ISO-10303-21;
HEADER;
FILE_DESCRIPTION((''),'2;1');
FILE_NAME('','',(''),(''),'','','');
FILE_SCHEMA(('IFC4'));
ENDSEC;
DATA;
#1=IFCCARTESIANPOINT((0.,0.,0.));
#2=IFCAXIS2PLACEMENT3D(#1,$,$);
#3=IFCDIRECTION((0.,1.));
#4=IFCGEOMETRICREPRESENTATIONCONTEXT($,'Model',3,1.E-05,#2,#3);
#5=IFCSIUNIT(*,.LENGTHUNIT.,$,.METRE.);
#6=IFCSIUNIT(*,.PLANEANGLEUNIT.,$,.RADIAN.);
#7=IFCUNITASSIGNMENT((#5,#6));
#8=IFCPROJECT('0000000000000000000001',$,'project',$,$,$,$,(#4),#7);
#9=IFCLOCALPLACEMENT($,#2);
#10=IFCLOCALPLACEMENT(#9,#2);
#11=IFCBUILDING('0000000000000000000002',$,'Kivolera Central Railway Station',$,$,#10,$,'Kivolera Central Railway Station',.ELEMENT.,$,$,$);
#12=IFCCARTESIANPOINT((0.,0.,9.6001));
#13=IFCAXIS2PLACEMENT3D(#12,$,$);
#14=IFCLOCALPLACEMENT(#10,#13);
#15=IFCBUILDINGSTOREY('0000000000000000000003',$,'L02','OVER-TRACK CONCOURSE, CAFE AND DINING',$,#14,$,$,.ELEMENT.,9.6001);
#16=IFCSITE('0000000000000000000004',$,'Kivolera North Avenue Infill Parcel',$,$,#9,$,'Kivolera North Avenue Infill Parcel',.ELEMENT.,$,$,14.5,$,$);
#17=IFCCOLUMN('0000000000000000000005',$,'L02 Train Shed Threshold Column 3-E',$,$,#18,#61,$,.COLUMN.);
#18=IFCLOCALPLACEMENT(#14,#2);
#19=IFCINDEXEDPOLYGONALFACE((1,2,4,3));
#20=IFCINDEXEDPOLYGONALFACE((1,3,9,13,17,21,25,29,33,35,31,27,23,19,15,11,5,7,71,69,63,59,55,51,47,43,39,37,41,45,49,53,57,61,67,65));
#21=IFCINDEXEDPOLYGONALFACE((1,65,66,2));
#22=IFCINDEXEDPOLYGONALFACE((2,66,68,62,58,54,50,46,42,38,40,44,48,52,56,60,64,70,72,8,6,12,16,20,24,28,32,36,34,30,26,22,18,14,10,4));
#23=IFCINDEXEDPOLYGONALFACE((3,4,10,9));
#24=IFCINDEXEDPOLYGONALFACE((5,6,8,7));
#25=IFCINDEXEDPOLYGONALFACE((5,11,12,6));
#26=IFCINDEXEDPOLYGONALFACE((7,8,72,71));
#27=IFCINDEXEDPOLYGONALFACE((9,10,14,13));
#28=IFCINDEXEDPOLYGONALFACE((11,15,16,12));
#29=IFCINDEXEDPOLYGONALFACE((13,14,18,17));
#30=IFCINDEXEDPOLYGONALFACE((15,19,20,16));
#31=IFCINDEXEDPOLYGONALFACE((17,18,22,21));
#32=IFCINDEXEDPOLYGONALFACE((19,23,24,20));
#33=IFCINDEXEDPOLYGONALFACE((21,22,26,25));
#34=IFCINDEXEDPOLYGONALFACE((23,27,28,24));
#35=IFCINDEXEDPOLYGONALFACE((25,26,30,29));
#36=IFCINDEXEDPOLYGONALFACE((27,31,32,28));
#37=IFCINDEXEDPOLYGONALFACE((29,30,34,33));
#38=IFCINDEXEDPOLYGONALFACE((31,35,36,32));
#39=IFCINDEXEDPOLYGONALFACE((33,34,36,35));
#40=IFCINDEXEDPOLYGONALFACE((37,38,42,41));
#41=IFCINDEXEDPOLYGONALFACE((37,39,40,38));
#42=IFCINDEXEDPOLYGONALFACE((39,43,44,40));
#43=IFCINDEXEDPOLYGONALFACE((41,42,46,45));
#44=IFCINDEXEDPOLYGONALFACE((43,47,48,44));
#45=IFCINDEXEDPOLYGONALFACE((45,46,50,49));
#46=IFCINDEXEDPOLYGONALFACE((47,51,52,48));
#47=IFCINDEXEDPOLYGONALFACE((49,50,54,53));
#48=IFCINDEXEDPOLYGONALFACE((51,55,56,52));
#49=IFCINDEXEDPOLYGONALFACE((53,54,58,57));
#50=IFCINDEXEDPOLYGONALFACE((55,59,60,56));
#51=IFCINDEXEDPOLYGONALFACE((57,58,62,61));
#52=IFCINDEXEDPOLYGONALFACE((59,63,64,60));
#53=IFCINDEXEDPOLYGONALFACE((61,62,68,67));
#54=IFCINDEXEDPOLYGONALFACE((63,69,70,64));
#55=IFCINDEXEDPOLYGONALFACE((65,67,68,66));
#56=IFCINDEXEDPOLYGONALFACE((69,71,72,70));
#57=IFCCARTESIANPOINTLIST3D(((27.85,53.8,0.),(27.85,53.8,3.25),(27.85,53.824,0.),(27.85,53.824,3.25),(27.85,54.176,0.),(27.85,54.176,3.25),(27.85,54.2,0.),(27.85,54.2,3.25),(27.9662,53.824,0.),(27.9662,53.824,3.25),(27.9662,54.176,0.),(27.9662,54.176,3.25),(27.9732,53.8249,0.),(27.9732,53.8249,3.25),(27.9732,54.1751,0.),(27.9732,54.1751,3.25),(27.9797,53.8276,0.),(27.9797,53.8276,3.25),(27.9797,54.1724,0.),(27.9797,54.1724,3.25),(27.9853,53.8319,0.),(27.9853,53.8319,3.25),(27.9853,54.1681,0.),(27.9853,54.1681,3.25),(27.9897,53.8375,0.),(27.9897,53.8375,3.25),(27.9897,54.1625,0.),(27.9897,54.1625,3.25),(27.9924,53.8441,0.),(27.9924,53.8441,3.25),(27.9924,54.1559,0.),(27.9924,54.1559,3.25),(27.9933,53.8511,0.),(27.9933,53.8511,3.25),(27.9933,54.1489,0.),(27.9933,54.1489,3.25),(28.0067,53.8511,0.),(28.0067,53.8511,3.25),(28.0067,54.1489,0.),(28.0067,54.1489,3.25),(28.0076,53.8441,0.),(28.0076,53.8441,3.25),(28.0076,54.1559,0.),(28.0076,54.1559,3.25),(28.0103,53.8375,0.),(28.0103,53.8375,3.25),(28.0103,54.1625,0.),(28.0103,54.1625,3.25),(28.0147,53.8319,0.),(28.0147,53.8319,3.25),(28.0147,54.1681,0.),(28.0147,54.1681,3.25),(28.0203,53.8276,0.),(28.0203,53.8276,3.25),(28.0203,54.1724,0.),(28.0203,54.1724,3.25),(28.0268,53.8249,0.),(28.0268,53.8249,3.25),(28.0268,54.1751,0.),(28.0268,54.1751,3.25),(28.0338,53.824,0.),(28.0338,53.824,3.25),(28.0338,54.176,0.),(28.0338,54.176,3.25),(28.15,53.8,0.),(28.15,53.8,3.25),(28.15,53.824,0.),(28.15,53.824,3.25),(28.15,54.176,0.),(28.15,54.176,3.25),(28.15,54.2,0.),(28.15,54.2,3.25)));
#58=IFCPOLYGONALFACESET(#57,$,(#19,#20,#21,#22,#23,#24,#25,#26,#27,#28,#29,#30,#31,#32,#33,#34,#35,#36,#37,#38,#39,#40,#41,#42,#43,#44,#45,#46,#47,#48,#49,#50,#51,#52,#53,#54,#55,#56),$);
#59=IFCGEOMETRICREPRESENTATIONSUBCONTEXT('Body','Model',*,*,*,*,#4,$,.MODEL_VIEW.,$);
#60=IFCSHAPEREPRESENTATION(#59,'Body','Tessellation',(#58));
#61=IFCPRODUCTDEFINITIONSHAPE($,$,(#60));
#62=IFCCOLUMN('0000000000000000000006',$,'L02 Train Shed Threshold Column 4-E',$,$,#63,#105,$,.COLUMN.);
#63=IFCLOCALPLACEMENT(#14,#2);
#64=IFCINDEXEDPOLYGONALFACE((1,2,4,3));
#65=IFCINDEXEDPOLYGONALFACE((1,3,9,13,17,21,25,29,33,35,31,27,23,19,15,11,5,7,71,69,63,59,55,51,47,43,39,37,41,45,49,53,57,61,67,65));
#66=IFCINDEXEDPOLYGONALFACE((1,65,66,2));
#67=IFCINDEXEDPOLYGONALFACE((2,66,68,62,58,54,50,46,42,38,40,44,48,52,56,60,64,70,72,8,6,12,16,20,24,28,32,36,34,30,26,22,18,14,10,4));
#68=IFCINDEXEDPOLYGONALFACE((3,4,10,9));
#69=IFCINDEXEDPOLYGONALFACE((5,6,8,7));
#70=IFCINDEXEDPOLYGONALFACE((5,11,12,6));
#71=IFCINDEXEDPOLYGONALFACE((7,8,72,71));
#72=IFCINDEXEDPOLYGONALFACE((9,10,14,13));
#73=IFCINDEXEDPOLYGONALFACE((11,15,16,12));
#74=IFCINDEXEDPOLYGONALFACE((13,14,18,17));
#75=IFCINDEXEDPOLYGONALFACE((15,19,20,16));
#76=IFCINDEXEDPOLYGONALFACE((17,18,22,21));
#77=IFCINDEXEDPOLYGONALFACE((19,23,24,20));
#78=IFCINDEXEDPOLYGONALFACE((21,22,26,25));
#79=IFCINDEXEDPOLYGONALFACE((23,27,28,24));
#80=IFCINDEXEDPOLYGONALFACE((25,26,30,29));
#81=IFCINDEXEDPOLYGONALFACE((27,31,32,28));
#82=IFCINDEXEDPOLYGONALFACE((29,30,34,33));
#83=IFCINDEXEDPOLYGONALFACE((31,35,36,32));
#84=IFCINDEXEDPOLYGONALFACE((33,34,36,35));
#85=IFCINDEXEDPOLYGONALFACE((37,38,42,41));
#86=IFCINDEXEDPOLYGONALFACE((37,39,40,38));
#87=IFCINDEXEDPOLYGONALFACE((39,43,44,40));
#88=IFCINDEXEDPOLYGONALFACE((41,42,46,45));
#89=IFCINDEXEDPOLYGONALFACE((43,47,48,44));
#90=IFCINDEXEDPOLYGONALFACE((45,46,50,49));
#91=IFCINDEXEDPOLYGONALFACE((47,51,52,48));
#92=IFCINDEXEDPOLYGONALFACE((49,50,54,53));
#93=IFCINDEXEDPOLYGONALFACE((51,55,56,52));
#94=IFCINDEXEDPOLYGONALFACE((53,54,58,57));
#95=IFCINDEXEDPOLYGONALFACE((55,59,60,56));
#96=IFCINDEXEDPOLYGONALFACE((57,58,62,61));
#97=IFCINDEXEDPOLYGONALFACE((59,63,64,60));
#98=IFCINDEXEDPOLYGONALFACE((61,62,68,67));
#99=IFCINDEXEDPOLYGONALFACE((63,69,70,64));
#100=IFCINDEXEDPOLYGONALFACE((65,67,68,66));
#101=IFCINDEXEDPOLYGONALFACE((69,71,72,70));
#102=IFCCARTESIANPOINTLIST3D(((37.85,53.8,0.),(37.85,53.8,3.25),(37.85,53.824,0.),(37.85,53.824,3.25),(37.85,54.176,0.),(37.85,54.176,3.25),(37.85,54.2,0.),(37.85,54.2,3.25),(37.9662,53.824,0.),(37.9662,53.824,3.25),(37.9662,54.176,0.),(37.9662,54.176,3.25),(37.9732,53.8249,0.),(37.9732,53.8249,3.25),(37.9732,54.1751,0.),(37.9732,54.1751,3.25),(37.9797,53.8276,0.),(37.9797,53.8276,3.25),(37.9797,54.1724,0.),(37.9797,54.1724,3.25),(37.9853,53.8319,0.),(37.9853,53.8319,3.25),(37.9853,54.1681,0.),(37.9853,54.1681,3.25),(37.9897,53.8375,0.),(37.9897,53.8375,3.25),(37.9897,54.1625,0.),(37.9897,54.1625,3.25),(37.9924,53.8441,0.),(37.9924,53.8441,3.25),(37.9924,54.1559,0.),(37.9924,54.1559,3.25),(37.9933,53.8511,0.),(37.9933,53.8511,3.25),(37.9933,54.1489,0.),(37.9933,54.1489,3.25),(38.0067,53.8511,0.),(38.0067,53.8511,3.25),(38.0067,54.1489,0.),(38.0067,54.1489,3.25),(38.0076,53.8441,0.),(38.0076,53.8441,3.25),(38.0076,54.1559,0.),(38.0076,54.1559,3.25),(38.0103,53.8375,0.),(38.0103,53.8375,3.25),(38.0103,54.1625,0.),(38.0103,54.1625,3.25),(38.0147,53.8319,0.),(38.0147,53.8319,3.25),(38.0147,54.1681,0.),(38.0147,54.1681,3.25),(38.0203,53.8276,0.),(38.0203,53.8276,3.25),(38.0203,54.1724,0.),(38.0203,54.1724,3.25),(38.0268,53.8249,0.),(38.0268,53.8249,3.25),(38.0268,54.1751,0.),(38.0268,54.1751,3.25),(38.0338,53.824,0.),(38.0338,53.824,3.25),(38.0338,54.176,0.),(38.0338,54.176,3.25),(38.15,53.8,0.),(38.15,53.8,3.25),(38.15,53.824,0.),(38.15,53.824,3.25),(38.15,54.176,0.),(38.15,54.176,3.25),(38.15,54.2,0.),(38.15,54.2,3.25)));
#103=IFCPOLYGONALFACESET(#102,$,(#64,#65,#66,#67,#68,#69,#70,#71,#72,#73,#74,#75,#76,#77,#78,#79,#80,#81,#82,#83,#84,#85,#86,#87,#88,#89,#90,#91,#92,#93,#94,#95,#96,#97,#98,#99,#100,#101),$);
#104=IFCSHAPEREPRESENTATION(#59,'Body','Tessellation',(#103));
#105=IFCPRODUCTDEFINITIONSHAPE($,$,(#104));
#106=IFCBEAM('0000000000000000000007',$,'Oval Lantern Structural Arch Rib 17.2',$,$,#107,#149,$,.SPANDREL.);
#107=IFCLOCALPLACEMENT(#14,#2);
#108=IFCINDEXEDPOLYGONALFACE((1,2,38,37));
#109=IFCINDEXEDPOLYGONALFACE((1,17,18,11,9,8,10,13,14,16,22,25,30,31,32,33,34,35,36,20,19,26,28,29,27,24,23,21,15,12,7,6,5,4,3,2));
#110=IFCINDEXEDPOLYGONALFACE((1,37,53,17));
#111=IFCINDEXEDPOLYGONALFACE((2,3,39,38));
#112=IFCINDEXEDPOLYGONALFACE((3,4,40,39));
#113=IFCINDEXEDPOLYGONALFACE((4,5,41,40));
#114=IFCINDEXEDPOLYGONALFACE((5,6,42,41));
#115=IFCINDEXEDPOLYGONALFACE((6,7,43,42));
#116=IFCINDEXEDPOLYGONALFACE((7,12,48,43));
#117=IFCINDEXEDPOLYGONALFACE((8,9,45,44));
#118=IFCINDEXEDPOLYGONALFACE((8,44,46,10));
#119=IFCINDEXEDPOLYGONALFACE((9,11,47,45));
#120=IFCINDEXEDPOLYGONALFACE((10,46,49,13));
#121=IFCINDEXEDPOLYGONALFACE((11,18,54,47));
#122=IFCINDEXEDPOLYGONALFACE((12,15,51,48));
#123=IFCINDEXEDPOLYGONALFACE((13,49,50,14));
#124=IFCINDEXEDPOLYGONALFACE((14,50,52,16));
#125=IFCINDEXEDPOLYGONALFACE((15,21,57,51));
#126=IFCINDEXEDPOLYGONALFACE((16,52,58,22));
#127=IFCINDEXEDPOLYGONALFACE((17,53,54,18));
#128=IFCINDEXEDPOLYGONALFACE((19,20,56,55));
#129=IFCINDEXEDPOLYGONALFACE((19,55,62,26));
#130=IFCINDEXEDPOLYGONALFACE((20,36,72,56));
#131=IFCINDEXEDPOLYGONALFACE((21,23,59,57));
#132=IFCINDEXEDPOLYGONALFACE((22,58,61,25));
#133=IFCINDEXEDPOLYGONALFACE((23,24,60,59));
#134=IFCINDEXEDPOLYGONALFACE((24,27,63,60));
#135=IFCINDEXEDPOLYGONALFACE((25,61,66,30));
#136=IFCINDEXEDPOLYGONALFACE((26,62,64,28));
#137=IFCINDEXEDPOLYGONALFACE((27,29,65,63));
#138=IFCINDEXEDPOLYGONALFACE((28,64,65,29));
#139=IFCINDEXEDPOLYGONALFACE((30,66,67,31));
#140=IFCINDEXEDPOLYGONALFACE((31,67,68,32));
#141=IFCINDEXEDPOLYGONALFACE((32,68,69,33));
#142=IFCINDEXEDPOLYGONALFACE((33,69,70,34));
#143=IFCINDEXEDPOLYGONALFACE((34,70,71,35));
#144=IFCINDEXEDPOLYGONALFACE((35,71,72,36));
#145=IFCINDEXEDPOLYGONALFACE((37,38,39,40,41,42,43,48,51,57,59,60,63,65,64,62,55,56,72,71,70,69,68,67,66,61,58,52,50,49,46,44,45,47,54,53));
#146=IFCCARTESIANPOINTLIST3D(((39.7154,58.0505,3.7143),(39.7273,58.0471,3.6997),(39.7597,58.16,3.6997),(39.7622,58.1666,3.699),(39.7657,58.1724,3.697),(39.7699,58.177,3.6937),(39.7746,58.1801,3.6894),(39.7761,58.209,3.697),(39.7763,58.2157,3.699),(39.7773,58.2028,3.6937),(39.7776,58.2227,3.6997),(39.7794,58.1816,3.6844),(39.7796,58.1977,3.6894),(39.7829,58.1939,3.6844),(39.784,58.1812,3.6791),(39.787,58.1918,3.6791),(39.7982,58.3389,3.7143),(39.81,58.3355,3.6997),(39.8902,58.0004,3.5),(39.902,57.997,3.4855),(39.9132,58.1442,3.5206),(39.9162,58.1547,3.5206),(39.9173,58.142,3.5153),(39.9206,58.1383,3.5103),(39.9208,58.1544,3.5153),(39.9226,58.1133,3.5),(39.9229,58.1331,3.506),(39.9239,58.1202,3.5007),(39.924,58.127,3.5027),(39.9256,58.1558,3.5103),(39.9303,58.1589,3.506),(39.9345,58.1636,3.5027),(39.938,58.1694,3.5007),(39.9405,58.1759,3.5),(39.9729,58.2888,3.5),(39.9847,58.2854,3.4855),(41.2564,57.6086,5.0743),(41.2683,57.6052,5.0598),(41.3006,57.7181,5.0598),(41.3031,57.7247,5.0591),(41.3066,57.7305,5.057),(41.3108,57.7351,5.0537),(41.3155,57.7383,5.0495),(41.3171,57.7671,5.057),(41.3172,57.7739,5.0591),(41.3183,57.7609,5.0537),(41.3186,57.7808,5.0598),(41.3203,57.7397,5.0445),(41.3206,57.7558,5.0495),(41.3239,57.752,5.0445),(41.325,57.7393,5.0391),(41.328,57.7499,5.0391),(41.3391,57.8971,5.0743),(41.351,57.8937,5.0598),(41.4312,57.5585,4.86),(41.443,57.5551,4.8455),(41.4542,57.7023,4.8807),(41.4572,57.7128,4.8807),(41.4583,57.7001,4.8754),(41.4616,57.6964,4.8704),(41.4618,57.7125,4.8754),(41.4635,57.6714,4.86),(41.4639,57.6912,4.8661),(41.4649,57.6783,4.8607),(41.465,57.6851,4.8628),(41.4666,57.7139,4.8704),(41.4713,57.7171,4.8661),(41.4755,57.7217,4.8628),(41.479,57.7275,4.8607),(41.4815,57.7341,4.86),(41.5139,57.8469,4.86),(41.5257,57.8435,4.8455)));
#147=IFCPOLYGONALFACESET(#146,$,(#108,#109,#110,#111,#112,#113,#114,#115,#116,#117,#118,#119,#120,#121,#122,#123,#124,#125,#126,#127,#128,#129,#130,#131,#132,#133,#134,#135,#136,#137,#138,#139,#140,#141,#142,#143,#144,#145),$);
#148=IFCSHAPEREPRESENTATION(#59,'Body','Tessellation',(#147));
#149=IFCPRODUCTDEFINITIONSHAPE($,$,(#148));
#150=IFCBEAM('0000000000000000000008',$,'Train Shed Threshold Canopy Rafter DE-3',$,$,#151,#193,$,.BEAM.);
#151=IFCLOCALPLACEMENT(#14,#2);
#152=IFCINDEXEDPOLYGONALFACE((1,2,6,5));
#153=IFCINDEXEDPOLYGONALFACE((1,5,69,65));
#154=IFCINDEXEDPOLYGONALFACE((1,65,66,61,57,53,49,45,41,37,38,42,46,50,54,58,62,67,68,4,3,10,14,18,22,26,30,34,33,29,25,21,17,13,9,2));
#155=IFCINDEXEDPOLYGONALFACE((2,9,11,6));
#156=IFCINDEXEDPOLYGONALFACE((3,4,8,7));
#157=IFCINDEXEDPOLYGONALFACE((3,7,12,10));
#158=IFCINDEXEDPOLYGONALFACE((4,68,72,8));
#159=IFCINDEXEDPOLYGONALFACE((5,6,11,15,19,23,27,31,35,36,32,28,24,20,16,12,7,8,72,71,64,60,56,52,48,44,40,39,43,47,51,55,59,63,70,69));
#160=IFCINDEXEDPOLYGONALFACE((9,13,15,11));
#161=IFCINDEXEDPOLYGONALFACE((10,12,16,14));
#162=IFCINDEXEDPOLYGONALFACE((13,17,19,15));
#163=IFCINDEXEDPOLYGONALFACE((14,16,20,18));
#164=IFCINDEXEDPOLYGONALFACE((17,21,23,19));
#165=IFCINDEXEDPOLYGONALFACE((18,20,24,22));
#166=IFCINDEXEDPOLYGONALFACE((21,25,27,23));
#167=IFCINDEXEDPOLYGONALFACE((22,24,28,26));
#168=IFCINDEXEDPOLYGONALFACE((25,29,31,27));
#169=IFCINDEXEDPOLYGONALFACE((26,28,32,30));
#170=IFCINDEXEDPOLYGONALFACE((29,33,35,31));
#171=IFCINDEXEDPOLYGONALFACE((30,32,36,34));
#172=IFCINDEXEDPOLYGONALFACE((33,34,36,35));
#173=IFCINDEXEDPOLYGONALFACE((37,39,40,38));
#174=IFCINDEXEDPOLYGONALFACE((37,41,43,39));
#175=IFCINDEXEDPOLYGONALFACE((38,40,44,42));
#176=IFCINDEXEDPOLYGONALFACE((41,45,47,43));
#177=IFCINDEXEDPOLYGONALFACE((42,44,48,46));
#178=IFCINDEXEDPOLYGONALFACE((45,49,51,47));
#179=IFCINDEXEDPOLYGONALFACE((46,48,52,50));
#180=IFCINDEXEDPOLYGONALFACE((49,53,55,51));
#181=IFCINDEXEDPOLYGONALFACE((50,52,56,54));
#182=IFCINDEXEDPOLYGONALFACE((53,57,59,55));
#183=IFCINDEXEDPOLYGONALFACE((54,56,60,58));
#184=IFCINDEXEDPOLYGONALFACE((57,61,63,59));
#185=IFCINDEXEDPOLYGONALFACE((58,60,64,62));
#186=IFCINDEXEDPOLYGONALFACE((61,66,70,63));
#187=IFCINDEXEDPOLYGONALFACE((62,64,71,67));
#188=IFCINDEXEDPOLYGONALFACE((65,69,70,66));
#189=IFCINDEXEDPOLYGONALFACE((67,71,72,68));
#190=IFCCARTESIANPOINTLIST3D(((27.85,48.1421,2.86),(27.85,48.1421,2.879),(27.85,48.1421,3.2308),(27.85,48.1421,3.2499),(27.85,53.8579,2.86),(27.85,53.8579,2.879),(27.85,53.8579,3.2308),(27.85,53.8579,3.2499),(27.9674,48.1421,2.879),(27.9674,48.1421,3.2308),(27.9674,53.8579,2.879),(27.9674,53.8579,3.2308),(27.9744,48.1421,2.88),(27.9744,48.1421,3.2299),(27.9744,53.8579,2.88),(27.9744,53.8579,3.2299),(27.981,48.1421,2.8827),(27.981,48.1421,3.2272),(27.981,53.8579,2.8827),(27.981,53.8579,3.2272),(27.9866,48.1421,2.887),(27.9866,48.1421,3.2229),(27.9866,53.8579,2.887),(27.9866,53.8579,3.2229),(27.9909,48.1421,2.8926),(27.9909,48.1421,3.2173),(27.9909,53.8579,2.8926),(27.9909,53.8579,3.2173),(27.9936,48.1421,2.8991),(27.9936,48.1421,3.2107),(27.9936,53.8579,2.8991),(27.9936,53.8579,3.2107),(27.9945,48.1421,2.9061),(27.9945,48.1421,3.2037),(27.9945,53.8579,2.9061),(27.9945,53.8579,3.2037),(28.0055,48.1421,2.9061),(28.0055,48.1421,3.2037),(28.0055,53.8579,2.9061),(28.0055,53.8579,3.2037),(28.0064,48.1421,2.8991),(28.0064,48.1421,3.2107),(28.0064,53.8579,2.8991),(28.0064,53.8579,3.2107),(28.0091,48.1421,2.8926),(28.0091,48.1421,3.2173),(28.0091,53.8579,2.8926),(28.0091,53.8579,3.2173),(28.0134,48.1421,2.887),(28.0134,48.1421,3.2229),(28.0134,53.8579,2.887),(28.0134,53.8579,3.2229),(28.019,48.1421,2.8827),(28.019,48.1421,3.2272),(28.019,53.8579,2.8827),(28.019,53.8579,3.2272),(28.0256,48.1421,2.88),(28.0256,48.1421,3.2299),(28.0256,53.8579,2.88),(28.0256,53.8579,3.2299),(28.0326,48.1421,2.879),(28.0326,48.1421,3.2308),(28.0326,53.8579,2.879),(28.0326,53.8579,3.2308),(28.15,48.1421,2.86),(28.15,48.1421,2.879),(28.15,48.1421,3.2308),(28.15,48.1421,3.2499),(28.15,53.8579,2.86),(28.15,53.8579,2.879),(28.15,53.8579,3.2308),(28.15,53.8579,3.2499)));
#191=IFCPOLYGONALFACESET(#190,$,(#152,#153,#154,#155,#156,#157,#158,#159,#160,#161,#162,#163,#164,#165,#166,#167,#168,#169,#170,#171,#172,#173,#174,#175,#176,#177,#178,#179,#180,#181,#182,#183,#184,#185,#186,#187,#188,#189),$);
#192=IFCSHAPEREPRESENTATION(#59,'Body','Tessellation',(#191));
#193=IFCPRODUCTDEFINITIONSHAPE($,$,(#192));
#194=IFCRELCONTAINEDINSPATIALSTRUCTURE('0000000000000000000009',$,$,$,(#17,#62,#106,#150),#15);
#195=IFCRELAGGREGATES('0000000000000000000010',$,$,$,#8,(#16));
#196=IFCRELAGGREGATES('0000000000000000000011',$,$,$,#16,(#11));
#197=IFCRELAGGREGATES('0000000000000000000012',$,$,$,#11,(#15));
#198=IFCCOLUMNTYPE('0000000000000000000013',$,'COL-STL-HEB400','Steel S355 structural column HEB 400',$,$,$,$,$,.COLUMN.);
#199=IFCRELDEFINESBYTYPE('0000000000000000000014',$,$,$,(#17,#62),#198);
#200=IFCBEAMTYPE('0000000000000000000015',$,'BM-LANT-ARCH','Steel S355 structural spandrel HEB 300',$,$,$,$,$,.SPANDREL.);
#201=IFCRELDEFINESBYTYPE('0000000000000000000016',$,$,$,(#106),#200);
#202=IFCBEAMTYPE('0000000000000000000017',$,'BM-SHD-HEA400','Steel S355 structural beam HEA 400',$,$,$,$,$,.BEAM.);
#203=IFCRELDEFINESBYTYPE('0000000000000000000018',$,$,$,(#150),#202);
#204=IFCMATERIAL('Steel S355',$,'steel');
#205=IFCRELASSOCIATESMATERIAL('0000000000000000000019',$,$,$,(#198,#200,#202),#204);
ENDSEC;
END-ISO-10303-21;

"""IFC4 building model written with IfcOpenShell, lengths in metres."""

from ifc_helpers import new_model, si_unit, direction, frame, origin, origin_2d, place, context, subcontext, project, spatial, i_section, extrude, material, material_profile, profile_set, type_object, element, save


model = new_model("IFC4")

# Units and contexts
model_context = context("Model", 3, precision=1e-05, world=origin(), true_north=direction((0.0, 1.0)))
body_context = subcontext(model_context, "Body", "Model", "MODEL_VIEW")
ifc_project = project(units=[si_unit("LENGTHUNIT", "METRE"), si_unit("PLANEANGLEUNIT", "RADIAN")], contexts=[model_context])

# Site, building, storey
site_placement = place(None, origin())
site = spatial("IfcSite", under=ifc_project, at=site_placement, Name="Kivolera North Avenue Infill Parcel", LongName="Kivolera North Avenue Infill Parcel", CompositionType="ELEMENT", RefElevation=14.5)
building_placement = place(site_placement, origin())
building = spatial("IfcBuilding", under=site, at=building_placement, Name="Kivolera Central Railway Station", LongName="Kivolera Central Railway Station", CompositionType="ELEMENT")
storey_placement = place(building_placement, frame((0.0, 0.0, 9.6001)))
storey = spatial("IfcBuildingStorey", under=building, at=storey_placement, Name="L02", Description="OVER-TRACK CONCOURSE, CAFE AND DINING", CompositionType="ELEMENT", Elevation=9.6001)

# Columns
ifc_material_1 = material(Name="Steel S355", Category="steel")
ifc_material_profile_1 = material_profile(ifc_material_1, i_section(OverallWidth=0.3, OverallDepth=0.3999, WebThickness=0.0134, FlangeThickness=0.0239, FilletRadius=0.0271, at=origin_2d()), Name="HEB 400")
ifc_profile_set_1 = profile_set([ifc_material_profile_1], Name="Steel S355")
column_type = type_object("IfcColumnType", Name="COL-STL-HEB400", Description="Steel S355 structural column HEB 400", PredefinedType="COLUMN", material=ifc_profile_set_1)
for number, where, z_axis, x_axis, name in (
    (1, (28.0, 54.0, 0.0), (0.0, 0.0, 1.0), (1.0, 0.0, 0.0), "L02 Train Shed Threshold Column 3-E"),
    (2, (38.0, 54.0, 0.0), (0.0, 0.0, 1.0), (1.0, 0.0, 0.0), "L02 Train Shed Threshold Column 4-E"),
):
    element("IfcColumn", number, at=place(storey_placement, frame(where, z_axis=z_axis, x_axis=x_axis)), inside=storey, type_object=column_type, Name=name, PredefinedType="COLUMN", context=body_context, shape_type="SweptSolid", body=[
        extrude(i_section(OverallWidth=0.3, OverallDepth=0.3999, WebThickness=0.0134, FlangeThickness=0.0239, FilletRadius=0.0271, at=origin_2d()), origin(), (0.0, 0.0, 1.0), 3.25),
    ])

# Beams
ifc_material_profile_2 = material_profile(ifc_material_1, i_section(OverallWidth=0.3, OverallDepth=0.3, WebThickness=0.011, FlangeThickness=0.019, FilletRadius=0.0271, at=origin_2d()), Name="HEB 300")
ifc_profile_set_2 = profile_set([ifc_material_profile_2], Name="Steel S355")
beam_type_1 = type_object("IfcBeamType", Name="BM-LANT-ARCH", Description="Steel S355 structural spandrel HEB 300", PredefinedType="SPANDREL", material=ifc_profile_set_2)
beam_placement = place(storey_placement, frame((39.8501, 58.168, 3.5999), z_axis=(0.732995, -0.21019, 0.646945), x_axis=(0.275646, 0.961259, 0.0)))
element("IfcBeam", 3, at=beam_placement, inside=storey, type_object=beam_type_1, Name="Oval Lantern Structural Arch Rib 17.2", PredefinedType="SPANDREL", context=body_context, shape_type="SweptSolid", body=[
    extrude(i_section(OverallWidth=0.3, OverallDepth=0.3, WebThickness=0.011, FlangeThickness=0.019, FilletRadius=0.0271, at=origin_2d()), origin(), (0.0, 0.0, 1.0), 2.1023),
])
ifc_material_profile_3 = material_profile(ifc_material_1, i_section(OverallWidth=0.3, OverallDepth=0.3899, WebThickness=0.011, FlangeThickness=0.019, FilletRadius=0.0271, at=origin_2d()), Name="HEA 400")
ifc_profile_set_3 = profile_set([ifc_material_profile_3], Name="Steel S355")
beam_type_2 = type_object("IfcBeamType", Name="BM-SHD-HEA400", Description="Steel S355 structural beam HEA 400", PredefinedType="BEAM", material=ifc_profile_set_3)
for number, where, z_axis, x_axis, name in (
    (4, (28.0, 48.1421, 3.0549), (0.0, 1.0, 0.0), (-1.0, 0.0, 0.0), "Train Shed Threshold Canopy Rafter DE-3"),
):
    element("IfcBeam", number, at=place(storey_placement, frame(where, z_axis=z_axis, x_axis=x_axis)), inside=storey, type_object=beam_type_2, Name=name, PredefinedType="BEAM", context=body_context, shape_type="SweptSolid", body=[
        extrude(i_section(OverallWidth=0.3, OverallDepth=0.3899, WebThickness=0.011, FlangeThickness=0.019, FilletRadius=0.0271, at=origin_2d()), origin(), (0.0, 0.0, 1.0), 5.7158),
    ])

save(model, "model.ifc")
